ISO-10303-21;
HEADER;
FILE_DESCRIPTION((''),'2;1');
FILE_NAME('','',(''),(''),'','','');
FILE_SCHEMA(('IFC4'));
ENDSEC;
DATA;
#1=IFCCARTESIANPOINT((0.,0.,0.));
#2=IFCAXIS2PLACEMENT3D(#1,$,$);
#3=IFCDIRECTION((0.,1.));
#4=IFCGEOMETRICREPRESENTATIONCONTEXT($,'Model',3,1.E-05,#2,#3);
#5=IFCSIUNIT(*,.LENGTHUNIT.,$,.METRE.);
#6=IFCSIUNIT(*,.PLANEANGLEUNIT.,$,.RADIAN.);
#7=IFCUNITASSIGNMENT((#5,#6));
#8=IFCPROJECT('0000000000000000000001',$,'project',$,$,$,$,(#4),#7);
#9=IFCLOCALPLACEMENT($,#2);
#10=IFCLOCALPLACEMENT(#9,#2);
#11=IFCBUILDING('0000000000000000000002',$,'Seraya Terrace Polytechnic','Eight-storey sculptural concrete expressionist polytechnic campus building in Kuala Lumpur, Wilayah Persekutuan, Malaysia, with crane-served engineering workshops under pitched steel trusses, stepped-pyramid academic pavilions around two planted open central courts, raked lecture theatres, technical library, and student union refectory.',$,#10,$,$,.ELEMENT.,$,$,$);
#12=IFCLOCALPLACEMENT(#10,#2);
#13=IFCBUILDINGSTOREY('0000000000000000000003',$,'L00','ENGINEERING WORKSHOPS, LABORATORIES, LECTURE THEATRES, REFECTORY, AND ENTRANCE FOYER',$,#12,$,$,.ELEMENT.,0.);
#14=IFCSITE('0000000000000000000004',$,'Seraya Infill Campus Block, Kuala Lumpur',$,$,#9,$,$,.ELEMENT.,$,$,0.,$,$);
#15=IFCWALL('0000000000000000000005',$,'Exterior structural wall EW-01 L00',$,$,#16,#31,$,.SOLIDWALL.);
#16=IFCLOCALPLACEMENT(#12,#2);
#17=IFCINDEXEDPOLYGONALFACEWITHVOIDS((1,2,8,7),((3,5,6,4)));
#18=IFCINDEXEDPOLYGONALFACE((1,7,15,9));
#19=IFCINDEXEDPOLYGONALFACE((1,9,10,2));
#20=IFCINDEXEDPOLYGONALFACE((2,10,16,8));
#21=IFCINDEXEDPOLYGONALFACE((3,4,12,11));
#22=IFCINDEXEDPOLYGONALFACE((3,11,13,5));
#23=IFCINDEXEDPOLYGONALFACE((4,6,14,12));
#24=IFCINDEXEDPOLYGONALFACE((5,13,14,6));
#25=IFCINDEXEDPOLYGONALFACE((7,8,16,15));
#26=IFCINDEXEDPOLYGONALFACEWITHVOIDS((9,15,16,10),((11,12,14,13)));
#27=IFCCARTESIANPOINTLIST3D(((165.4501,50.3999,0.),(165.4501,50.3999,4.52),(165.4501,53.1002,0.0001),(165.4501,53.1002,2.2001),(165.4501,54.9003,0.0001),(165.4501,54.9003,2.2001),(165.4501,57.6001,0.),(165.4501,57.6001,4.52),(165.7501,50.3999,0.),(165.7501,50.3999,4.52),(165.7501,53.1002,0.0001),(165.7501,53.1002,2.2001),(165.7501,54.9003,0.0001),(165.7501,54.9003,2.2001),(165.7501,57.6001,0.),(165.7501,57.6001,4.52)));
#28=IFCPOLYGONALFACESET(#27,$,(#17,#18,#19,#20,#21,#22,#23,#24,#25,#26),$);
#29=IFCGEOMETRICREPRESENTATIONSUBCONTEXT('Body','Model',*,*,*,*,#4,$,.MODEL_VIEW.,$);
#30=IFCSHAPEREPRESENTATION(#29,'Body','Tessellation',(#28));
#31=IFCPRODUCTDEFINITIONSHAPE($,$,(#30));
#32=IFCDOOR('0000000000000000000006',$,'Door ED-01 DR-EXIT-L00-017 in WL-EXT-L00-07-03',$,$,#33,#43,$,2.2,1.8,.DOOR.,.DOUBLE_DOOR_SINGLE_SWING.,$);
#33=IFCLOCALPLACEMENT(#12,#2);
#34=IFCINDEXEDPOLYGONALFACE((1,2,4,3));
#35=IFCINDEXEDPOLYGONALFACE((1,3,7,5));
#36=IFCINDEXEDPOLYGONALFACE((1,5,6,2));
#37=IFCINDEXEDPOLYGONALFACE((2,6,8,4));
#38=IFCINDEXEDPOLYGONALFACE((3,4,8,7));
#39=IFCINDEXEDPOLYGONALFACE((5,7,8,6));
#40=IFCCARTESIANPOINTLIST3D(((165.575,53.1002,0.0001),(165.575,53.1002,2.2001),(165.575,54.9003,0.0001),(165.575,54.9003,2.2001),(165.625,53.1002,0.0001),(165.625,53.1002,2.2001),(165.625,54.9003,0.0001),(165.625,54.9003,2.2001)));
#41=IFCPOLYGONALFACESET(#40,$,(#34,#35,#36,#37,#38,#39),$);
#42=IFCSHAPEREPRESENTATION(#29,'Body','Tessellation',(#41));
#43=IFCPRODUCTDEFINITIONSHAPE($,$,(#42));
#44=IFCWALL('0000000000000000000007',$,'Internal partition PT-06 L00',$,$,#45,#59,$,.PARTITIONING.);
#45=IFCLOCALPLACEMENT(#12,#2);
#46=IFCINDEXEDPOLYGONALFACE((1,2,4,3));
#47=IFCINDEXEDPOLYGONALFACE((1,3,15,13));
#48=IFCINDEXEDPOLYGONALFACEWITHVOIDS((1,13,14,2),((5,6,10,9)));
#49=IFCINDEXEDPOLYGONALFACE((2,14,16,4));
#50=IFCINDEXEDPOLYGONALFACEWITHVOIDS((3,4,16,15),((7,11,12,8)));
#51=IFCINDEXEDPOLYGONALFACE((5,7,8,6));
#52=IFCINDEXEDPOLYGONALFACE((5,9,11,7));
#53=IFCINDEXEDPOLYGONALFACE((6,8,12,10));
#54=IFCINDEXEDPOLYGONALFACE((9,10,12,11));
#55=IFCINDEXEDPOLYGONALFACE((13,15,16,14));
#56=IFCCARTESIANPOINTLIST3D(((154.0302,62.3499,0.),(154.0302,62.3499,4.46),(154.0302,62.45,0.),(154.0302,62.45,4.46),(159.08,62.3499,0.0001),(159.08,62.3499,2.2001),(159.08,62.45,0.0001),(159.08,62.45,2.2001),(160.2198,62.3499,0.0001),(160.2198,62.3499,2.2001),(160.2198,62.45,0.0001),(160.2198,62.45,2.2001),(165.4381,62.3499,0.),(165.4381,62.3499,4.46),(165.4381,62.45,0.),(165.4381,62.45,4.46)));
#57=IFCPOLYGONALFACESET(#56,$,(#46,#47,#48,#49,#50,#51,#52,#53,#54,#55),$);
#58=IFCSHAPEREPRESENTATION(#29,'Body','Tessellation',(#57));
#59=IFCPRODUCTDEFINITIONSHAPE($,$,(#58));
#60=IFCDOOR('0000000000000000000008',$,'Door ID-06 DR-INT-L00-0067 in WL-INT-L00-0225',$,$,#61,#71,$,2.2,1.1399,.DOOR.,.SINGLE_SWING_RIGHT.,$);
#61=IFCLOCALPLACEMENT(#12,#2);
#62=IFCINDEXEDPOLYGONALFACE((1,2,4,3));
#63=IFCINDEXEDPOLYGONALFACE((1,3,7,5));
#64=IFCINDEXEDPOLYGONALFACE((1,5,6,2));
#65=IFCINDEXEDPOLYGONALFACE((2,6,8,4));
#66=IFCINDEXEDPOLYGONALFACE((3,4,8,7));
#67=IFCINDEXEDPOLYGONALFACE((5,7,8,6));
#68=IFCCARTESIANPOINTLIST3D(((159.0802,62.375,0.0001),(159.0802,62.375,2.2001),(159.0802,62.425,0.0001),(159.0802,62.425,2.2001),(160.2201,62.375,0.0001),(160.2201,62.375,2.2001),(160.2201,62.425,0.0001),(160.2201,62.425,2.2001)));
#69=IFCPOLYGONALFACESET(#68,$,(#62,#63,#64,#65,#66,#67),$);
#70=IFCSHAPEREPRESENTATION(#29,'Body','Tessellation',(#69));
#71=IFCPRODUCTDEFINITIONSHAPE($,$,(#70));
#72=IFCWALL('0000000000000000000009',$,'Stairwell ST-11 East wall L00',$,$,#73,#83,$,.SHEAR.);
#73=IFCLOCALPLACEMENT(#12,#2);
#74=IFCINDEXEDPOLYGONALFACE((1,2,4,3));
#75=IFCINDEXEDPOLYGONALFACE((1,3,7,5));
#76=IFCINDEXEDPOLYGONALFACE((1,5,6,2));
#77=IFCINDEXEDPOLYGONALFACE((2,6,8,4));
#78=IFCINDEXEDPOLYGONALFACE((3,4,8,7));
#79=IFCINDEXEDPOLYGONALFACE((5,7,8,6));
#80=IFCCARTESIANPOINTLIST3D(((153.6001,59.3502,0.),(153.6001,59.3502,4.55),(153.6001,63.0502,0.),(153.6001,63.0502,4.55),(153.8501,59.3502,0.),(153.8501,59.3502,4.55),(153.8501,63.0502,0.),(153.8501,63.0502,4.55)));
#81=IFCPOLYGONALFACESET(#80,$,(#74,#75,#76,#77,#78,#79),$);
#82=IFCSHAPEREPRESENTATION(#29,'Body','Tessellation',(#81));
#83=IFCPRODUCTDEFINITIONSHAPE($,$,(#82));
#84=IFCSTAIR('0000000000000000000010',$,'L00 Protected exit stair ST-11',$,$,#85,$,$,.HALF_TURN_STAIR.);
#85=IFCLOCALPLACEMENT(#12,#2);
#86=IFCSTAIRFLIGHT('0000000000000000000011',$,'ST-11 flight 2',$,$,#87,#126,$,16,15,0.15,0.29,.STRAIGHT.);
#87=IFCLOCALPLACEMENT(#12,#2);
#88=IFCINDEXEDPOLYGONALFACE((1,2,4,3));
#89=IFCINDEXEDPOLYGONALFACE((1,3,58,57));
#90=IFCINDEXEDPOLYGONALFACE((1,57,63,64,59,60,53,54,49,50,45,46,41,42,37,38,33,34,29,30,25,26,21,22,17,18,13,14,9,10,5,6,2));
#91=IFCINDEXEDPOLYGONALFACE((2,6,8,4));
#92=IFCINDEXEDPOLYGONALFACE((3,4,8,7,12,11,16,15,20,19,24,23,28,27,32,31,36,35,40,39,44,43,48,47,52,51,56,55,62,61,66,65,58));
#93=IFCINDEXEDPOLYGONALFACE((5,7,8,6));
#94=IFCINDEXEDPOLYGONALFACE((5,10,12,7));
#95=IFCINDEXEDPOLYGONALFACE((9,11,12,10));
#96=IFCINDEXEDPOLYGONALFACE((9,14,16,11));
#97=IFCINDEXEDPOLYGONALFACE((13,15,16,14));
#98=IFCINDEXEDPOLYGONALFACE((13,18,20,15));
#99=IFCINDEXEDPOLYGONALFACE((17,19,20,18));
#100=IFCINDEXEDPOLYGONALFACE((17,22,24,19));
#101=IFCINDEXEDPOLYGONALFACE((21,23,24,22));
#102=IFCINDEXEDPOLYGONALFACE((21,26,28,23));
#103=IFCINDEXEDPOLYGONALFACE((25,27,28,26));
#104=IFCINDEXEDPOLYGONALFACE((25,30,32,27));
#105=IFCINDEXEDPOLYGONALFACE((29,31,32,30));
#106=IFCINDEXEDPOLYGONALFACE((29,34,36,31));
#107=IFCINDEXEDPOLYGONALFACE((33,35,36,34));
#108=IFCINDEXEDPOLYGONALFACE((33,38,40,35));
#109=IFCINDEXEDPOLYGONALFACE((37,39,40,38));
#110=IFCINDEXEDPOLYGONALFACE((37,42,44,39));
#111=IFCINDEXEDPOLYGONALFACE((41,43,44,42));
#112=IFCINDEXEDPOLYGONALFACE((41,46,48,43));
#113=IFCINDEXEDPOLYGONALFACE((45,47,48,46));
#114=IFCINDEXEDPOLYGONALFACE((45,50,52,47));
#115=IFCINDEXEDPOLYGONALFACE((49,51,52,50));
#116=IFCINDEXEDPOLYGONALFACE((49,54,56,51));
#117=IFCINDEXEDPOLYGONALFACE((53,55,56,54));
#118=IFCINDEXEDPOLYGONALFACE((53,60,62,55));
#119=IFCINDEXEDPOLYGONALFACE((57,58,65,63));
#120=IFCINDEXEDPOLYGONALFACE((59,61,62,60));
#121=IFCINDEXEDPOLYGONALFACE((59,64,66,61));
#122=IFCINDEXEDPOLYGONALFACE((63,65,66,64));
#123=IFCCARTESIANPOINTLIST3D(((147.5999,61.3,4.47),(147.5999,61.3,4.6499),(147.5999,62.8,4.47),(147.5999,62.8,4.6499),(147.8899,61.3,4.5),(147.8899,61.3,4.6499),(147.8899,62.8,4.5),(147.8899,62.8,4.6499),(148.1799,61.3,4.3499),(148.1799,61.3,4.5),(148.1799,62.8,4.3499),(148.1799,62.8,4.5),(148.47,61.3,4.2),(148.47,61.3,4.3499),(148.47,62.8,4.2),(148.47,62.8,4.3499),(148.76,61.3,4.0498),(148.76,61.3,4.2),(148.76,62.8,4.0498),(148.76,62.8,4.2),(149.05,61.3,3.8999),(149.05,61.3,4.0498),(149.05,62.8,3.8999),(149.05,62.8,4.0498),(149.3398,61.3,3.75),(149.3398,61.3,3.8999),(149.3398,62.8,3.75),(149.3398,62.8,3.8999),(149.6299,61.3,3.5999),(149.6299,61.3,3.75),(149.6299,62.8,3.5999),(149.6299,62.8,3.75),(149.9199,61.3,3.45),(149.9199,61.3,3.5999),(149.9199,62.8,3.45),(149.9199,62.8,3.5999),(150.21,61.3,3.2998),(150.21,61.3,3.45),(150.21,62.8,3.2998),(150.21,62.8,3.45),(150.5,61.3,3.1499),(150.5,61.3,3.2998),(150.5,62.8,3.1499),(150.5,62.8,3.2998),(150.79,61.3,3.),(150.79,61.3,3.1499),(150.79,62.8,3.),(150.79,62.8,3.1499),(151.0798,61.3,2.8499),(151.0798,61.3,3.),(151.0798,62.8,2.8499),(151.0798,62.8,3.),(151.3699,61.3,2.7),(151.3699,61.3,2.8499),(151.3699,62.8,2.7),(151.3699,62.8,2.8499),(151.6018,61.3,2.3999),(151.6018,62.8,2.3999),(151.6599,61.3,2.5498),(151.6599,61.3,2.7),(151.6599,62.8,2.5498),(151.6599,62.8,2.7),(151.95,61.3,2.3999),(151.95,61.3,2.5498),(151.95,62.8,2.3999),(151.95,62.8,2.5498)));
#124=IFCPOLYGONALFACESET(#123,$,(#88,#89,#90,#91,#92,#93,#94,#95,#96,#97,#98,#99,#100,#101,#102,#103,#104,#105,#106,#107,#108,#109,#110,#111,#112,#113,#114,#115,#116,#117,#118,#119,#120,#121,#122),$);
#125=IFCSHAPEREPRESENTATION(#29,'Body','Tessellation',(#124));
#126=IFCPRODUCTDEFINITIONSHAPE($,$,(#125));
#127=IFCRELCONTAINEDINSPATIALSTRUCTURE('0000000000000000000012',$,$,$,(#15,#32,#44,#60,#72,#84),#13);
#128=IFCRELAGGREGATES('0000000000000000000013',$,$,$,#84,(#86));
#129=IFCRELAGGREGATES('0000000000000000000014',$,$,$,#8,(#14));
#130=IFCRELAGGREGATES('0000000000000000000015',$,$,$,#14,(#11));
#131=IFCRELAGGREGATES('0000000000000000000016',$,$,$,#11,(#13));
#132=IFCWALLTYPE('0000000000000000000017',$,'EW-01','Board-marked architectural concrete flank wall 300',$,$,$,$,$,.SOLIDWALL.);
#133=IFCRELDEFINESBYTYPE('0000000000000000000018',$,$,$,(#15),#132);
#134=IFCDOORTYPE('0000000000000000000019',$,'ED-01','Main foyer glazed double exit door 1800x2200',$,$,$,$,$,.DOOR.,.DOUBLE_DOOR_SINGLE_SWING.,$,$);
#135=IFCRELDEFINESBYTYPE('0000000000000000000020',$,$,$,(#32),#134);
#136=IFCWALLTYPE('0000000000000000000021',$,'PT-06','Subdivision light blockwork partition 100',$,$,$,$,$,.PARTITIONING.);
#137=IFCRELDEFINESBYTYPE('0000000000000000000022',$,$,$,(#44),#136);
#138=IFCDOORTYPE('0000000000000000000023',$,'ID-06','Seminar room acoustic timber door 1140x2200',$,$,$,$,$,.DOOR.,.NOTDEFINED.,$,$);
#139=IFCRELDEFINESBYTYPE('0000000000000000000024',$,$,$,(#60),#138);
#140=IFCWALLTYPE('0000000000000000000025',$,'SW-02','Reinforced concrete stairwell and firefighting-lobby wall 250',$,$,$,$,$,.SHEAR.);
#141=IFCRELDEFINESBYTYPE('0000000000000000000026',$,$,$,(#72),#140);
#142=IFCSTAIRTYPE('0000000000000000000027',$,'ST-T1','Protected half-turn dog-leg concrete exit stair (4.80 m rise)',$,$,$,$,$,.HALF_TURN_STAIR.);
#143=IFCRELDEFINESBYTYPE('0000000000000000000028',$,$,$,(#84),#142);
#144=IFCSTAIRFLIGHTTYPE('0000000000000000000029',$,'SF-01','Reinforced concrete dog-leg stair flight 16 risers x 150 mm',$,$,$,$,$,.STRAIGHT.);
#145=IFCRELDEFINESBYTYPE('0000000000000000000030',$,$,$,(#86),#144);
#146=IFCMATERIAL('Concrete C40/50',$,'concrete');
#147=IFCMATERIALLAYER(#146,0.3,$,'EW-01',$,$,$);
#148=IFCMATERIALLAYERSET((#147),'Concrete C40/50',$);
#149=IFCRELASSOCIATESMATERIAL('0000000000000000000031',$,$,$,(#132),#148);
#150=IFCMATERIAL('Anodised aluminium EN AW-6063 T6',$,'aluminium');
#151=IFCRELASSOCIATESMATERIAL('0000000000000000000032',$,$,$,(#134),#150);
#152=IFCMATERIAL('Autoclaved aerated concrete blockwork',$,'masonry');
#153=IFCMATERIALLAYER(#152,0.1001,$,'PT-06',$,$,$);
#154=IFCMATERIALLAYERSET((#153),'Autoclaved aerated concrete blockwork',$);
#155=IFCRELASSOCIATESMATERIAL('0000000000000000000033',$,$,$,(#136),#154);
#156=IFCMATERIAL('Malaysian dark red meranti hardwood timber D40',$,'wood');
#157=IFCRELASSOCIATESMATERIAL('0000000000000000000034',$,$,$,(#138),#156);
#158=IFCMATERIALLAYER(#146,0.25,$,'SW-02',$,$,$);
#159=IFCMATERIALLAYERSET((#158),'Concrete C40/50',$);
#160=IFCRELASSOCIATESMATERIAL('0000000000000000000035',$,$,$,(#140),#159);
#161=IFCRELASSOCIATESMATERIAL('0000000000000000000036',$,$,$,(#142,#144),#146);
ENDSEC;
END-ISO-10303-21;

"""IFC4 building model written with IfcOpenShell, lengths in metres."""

from ifc_helpers import new_model, si_unit, direction, frame, frame_2d, origin, place, context, subcontext, project, spatial, polyline, rectangle, outline, extrude, material, layer, layer_set, type_object, element, fill, aggregate, save


model = new_model("IFC4")

# Units and contexts
model_context = context("Model", 3, precision=1e-05, world=origin(), true_north=direction((0.0, 1.0)))
body_context = subcontext(model_context, "Body", "Model", "MODEL_VIEW")
ifc_project = project(units=[si_unit("LENGTHUNIT", "METRE"), si_unit("PLANEANGLEUNIT", "RADIAN")], contexts=[model_context])

# Site, building, storey
site_placement = place(None, origin())
site = spatial("IfcSite", under=ifc_project, at=site_placement, Name="Seraya Infill Campus Block, Kuala Lumpur", CompositionType="ELEMENT", RefElevation=0.0)
building_placement = place(site_placement, origin())
building = spatial("IfcBuilding", under=site, at=building_placement, Name="Seraya Terrace Polytechnic", Description="Eight-storey sculptural concrete expressionist polytechnic campus building in Kuala Lumpur, Wilayah Persekutuan, Malaysia, with crane-served engineering workshops under pitched steel trusses, stepped-pyramid academic pavilions around two planted open central courts, raked lecture theatres, technical library, and student union refectory.", CompositionType="ELEMENT")
storey_placement = place(building_placement, origin())
storey = spatial("IfcBuildingStorey", under=building, at=storey_placement, Name="L00", Description="ENGINEERING WORKSHOPS, LABORATORIES, LECTURE THEATRES, REFECTORY, AND ENTRANCE FOYER", CompositionType="ELEMENT", Elevation=0.0)

# Shared definitions
ifc_material_1 = material(Name="Concrete C40/50", Category="concrete")

# Walls, openings, doors
ifc_layer_1 = layer(ifc_material_1, 0.3, Name="EW-01")
ifc_layer_set_1 = layer_set([ifc_layer_1], Name="Concrete C40/50")
wall_type_1 = type_object("IfcWallType", Name="EW-01", Description="Board-marked architectural concrete flank wall 300", PredefinedType="SOLIDWALL", material=ifc_layer_set_1)
wall_1_placement = place(storey_placement, frame((165.6001, 57.6001, 0.0), z_axis=(0.0, 0.0, 1.0), x_axis=(0.0, -1.0, 0.0)))
wall_1 = element("IfcWall", 1, at=wall_1_placement, inside=storey, type_object=wall_type_1, Name="Exterior structural wall EW-01 L00", PredefinedType="SOLIDWALL", context=body_context, shape_type="SweptSolid", body=[
    extrude(rectangle(XDim=7.2002, YDim=0.3, at=frame_2d((3.6001, 0.0))), origin(), (0.0, 0.0, 1.0), 4.52),
])
opening_1_placement = place(wall_1_placement, frame((2.7, 0.0, 0.0)))
opening_1 = element("IfcOpeningElement", 2, at=opening_1_placement, cuts=wall_1, PredefinedType="OPENING", context=body_context, shape_type="SweptSolid", body=[
    extrude(rectangle(XDim=1.8, YDim=2.2, at=frame_2d((0.8999, 1.1001))), frame((0.0, 0.1621, 0.0), z_axis=(0.0, -1.0, 0.0), x_axis=(1.0, 0.0, 0.0)), (0.0, 0.0, 1.0), 0.324),
])
ifc_material_2 = material(Name="Anodised aluminium EN AW-6063 T6", Category="aluminium")
door_type_1 = type_object("IfcDoorType", Name="ED-01", Description="Main foyer glazed double exit door 1800x2200", OperationType="DOUBLE_DOOR_SINGLE_SWING", PredefinedType="DOOR", material=ifc_material_2)
door_1_placement = place(opening_1_placement, origin())
door_1 = element("IfcDoor", 3, at=door_1_placement, inside=storey, type_object=door_type_1, Name="Door ED-01 DR-EXIT-L00-017 in WL-EXT-L00-07-03", OperationType="DOUBLE_DOOR_SINGLE_SWING", OverallHeight=2.2, OverallWidth=1.8, PredefinedType="DOOR", context=body_context, shape_type="SweptSolid", body=[
    extrude(rectangle(XDim=1.8, YDim=2.2, at=frame_2d((0.8999, 1.1001))), frame((0.0, 0.0249, 0.0), z_axis=(0.0, -1.0, 0.0), x_axis=(1.0, 0.0, 0.0)), (0.0, 0.0, 1.0), 0.05),
])
fill(opening_1, door_1)
ifc_material_3 = material(Name="Autoclaved aerated concrete blockwork", Category="masonry")
ifc_layer_2 = layer(ifc_material_3, 0.1001, Name="PT-06")
ifc_layer_set_2 = layer_set([ifc_layer_2], Name="Autoclaved aerated concrete blockwork")
wall_type_2 = type_object("IfcWallType", Name="PT-06", Description="Subdivision light blockwork partition 100", PredefinedType="PARTITIONING", material=ifc_layer_set_2)
wall_2_placement = place(storey_placement, frame((154.03, 62.3999, 0.0), z_axis=(0.0, 0.0, 1.0), x_axis=(1.0, 0.0, 0.0)))
wall_2 = element("IfcWall", 4, at=wall_2_placement, inside=storey, type_object=wall_type_2, Name="Internal partition PT-06 L00", PredefinedType="PARTITIONING", context=body_context, shape_type="SweptSolid", body=[
    extrude(rectangle(XDim=11.408, YDim=0.1001, at=frame_2d((5.7041, 0.0))), origin(), (0.0, 0.0, 1.0), 4.46),
])
opening_2_placement = place(wall_2_placement, frame((5.05, 0.0, 0.0)))
opening_2 = element("IfcOpeningElement", 5, at=opening_2_placement, cuts=wall_2, PredefinedType="OPENING", context=body_context, shape_type="SweptSolid", body=[
    extrude(rectangle(XDim=1.1399, YDim=2.2, at=frame_2d((0.5698, 1.1001))), frame((0.0, 0.062, 0.0), z_axis=(0.0, -1.0, 0.0), x_axis=(1.0, 0.0, 0.0)), (0.0, 0.0, 1.0), 0.124),
])
ifc_material_4 = material(Name="Malaysian dark red meranti hardwood timber D40", Category="wood")
door_type_2 = type_object("IfcDoorType", Name="ID-06", Description="Seminar room acoustic timber door 1140x2200", OperationType="NOTDEFINED", PredefinedType="DOOR", material=ifc_material_4)
door_2_placement = place(opening_2_placement, frame((1.1399, 0.0, 0.0), z_axis=(0.0, 0.0, 1.0), x_axis=(-1.0, 0.0, 0.0)))
door_2 = element("IfcDoor", 6, at=door_2_placement, inside=storey, type_object=door_type_2, Name="Door ID-06 DR-INT-L00-0067 in WL-INT-L00-0225", OperationType="SINGLE_SWING_RIGHT", OverallHeight=2.2, OverallWidth=1.1399, PredefinedType="DOOR", context=body_context, shape_type="SweptSolid", body=[
    extrude(rectangle(XDim=1.1399, YDim=2.2, at=frame_2d((0.5698, 1.1001))), frame((0.0, 0.0249, 0.0), z_axis=(0.0, -1.0, 0.0), x_axis=(1.0, 0.0, 0.0)), (0.0, 0.0, 1.0), 0.05),
])
fill(opening_2, door_2)

# Wall
ifc_layer_3 = layer(ifc_material_1, 0.25, Name="SW-02")
ifc_layer_set_3 = layer_set([ifc_layer_3], Name="Concrete C40/50")
wall_type_3 = type_object("IfcWallType", Name="SW-02", Description="Reinforced concrete stairwell and firefighting-lobby wall 250", PredefinedType="SHEAR", material=ifc_layer_set_3)
wall_3_placement = place(storey_placement, frame((153.7251, 59.3501, 0.0), z_axis=(0.0, 0.0, 1.0), x_axis=(0.0, 1.0, 0.0)))
element("IfcWall", 7, at=wall_3_placement, inside=storey, type_object=wall_type_3, Name="Stairwell ST-11 East wall L00", PredefinedType="SHEAR", context=body_context, shape_type="SweptSolid", body=[
    extrude(rectangle(XDim=3.7, YDim=0.25, at=frame_2d((1.8501, 0.0))), origin(), (0.0, 0.0, 1.0), 4.55),
])

# Stair, stair flight
stair_type = type_object("IfcStairType", Name="ST-T1", Description="Protected half-turn dog-leg concrete exit stair (4.80 m rise)", PredefinedType="HALF_TURN_STAIR", material=ifc_material_1)
stair_placement = place(storey_placement, origin())
stair = element("IfcStair", 8, at=stair_placement, inside=storey, type_object=stair_type, Name="L00 Protected exit stair ST-11", PredefinedType="HALF_TURN_STAIR")
stair_flight_type = type_object("IfcStairFlightType", Name="SF-01", Description="Reinforced concrete dog-leg stair flight 16 risers x 150 mm", PredefinedType="STRAIGHT", material=ifc_material_1)
stair_flight_placement = place(storey_placement, frame((151.95, 62.05, 2.3999), z_axis=(0.0, 0.0, 1.0), x_axis=(-1.0, 0.0, 0.0)))
stair_flight = element("IfcStairFlight", 9, at=stair_flight_placement, type_object=stair_flight_type, Name="ST-11 flight 2", NumberOfRisers=16, NumberOfTreads=15, PredefinedType="STRAIGHT", RiserHeight=0.15, TreadLength=0.29, context=body_context, shape_type="SweptSolid", body=[
    extrude(outline(polyline([(0.0, 0.0), (0.0, 0.1499), (0.29, 0.1499), (0.29, 0.3), (0.5801, 0.3), (0.5801, 0.45), (0.8701, 0.45), (0.8701, 0.6001), (1.1599, 0.6001), (1.1599, 0.75), (1.45, 0.75), (1.45, 0.8999), (1.74, 0.8999), (1.74, 1.05), (2.03, 1.05), (2.03, 1.2), (2.3201, 1.2), (2.3201, 1.3501), (2.6101, 1.3501), (2.6101, 1.5), (2.8999, 1.5), (2.8999, 1.6499), (3.1899, 1.6499), (3.1899, 1.8), (3.48, 1.8), (3.48, 1.95), (3.77, 1.95), (3.77, 2.1001), (4.0601, 2.1001), (4.0601, 2.25), (4.3501, 2.25), (4.3501, 2.3999), (4.3501, 2.0701), (0.3481, 0.0), (0.0, 0.0)])), frame((0.0, 0.75, 0.0), z_axis=(0.0, -1.0, 0.0), x_axis=(1.0, 0.0, 0.0)), (0.0, 0.0, 1.0), 1.5),
])
aggregate(stair, [stair_flight])

save(model, "model.ifc")
